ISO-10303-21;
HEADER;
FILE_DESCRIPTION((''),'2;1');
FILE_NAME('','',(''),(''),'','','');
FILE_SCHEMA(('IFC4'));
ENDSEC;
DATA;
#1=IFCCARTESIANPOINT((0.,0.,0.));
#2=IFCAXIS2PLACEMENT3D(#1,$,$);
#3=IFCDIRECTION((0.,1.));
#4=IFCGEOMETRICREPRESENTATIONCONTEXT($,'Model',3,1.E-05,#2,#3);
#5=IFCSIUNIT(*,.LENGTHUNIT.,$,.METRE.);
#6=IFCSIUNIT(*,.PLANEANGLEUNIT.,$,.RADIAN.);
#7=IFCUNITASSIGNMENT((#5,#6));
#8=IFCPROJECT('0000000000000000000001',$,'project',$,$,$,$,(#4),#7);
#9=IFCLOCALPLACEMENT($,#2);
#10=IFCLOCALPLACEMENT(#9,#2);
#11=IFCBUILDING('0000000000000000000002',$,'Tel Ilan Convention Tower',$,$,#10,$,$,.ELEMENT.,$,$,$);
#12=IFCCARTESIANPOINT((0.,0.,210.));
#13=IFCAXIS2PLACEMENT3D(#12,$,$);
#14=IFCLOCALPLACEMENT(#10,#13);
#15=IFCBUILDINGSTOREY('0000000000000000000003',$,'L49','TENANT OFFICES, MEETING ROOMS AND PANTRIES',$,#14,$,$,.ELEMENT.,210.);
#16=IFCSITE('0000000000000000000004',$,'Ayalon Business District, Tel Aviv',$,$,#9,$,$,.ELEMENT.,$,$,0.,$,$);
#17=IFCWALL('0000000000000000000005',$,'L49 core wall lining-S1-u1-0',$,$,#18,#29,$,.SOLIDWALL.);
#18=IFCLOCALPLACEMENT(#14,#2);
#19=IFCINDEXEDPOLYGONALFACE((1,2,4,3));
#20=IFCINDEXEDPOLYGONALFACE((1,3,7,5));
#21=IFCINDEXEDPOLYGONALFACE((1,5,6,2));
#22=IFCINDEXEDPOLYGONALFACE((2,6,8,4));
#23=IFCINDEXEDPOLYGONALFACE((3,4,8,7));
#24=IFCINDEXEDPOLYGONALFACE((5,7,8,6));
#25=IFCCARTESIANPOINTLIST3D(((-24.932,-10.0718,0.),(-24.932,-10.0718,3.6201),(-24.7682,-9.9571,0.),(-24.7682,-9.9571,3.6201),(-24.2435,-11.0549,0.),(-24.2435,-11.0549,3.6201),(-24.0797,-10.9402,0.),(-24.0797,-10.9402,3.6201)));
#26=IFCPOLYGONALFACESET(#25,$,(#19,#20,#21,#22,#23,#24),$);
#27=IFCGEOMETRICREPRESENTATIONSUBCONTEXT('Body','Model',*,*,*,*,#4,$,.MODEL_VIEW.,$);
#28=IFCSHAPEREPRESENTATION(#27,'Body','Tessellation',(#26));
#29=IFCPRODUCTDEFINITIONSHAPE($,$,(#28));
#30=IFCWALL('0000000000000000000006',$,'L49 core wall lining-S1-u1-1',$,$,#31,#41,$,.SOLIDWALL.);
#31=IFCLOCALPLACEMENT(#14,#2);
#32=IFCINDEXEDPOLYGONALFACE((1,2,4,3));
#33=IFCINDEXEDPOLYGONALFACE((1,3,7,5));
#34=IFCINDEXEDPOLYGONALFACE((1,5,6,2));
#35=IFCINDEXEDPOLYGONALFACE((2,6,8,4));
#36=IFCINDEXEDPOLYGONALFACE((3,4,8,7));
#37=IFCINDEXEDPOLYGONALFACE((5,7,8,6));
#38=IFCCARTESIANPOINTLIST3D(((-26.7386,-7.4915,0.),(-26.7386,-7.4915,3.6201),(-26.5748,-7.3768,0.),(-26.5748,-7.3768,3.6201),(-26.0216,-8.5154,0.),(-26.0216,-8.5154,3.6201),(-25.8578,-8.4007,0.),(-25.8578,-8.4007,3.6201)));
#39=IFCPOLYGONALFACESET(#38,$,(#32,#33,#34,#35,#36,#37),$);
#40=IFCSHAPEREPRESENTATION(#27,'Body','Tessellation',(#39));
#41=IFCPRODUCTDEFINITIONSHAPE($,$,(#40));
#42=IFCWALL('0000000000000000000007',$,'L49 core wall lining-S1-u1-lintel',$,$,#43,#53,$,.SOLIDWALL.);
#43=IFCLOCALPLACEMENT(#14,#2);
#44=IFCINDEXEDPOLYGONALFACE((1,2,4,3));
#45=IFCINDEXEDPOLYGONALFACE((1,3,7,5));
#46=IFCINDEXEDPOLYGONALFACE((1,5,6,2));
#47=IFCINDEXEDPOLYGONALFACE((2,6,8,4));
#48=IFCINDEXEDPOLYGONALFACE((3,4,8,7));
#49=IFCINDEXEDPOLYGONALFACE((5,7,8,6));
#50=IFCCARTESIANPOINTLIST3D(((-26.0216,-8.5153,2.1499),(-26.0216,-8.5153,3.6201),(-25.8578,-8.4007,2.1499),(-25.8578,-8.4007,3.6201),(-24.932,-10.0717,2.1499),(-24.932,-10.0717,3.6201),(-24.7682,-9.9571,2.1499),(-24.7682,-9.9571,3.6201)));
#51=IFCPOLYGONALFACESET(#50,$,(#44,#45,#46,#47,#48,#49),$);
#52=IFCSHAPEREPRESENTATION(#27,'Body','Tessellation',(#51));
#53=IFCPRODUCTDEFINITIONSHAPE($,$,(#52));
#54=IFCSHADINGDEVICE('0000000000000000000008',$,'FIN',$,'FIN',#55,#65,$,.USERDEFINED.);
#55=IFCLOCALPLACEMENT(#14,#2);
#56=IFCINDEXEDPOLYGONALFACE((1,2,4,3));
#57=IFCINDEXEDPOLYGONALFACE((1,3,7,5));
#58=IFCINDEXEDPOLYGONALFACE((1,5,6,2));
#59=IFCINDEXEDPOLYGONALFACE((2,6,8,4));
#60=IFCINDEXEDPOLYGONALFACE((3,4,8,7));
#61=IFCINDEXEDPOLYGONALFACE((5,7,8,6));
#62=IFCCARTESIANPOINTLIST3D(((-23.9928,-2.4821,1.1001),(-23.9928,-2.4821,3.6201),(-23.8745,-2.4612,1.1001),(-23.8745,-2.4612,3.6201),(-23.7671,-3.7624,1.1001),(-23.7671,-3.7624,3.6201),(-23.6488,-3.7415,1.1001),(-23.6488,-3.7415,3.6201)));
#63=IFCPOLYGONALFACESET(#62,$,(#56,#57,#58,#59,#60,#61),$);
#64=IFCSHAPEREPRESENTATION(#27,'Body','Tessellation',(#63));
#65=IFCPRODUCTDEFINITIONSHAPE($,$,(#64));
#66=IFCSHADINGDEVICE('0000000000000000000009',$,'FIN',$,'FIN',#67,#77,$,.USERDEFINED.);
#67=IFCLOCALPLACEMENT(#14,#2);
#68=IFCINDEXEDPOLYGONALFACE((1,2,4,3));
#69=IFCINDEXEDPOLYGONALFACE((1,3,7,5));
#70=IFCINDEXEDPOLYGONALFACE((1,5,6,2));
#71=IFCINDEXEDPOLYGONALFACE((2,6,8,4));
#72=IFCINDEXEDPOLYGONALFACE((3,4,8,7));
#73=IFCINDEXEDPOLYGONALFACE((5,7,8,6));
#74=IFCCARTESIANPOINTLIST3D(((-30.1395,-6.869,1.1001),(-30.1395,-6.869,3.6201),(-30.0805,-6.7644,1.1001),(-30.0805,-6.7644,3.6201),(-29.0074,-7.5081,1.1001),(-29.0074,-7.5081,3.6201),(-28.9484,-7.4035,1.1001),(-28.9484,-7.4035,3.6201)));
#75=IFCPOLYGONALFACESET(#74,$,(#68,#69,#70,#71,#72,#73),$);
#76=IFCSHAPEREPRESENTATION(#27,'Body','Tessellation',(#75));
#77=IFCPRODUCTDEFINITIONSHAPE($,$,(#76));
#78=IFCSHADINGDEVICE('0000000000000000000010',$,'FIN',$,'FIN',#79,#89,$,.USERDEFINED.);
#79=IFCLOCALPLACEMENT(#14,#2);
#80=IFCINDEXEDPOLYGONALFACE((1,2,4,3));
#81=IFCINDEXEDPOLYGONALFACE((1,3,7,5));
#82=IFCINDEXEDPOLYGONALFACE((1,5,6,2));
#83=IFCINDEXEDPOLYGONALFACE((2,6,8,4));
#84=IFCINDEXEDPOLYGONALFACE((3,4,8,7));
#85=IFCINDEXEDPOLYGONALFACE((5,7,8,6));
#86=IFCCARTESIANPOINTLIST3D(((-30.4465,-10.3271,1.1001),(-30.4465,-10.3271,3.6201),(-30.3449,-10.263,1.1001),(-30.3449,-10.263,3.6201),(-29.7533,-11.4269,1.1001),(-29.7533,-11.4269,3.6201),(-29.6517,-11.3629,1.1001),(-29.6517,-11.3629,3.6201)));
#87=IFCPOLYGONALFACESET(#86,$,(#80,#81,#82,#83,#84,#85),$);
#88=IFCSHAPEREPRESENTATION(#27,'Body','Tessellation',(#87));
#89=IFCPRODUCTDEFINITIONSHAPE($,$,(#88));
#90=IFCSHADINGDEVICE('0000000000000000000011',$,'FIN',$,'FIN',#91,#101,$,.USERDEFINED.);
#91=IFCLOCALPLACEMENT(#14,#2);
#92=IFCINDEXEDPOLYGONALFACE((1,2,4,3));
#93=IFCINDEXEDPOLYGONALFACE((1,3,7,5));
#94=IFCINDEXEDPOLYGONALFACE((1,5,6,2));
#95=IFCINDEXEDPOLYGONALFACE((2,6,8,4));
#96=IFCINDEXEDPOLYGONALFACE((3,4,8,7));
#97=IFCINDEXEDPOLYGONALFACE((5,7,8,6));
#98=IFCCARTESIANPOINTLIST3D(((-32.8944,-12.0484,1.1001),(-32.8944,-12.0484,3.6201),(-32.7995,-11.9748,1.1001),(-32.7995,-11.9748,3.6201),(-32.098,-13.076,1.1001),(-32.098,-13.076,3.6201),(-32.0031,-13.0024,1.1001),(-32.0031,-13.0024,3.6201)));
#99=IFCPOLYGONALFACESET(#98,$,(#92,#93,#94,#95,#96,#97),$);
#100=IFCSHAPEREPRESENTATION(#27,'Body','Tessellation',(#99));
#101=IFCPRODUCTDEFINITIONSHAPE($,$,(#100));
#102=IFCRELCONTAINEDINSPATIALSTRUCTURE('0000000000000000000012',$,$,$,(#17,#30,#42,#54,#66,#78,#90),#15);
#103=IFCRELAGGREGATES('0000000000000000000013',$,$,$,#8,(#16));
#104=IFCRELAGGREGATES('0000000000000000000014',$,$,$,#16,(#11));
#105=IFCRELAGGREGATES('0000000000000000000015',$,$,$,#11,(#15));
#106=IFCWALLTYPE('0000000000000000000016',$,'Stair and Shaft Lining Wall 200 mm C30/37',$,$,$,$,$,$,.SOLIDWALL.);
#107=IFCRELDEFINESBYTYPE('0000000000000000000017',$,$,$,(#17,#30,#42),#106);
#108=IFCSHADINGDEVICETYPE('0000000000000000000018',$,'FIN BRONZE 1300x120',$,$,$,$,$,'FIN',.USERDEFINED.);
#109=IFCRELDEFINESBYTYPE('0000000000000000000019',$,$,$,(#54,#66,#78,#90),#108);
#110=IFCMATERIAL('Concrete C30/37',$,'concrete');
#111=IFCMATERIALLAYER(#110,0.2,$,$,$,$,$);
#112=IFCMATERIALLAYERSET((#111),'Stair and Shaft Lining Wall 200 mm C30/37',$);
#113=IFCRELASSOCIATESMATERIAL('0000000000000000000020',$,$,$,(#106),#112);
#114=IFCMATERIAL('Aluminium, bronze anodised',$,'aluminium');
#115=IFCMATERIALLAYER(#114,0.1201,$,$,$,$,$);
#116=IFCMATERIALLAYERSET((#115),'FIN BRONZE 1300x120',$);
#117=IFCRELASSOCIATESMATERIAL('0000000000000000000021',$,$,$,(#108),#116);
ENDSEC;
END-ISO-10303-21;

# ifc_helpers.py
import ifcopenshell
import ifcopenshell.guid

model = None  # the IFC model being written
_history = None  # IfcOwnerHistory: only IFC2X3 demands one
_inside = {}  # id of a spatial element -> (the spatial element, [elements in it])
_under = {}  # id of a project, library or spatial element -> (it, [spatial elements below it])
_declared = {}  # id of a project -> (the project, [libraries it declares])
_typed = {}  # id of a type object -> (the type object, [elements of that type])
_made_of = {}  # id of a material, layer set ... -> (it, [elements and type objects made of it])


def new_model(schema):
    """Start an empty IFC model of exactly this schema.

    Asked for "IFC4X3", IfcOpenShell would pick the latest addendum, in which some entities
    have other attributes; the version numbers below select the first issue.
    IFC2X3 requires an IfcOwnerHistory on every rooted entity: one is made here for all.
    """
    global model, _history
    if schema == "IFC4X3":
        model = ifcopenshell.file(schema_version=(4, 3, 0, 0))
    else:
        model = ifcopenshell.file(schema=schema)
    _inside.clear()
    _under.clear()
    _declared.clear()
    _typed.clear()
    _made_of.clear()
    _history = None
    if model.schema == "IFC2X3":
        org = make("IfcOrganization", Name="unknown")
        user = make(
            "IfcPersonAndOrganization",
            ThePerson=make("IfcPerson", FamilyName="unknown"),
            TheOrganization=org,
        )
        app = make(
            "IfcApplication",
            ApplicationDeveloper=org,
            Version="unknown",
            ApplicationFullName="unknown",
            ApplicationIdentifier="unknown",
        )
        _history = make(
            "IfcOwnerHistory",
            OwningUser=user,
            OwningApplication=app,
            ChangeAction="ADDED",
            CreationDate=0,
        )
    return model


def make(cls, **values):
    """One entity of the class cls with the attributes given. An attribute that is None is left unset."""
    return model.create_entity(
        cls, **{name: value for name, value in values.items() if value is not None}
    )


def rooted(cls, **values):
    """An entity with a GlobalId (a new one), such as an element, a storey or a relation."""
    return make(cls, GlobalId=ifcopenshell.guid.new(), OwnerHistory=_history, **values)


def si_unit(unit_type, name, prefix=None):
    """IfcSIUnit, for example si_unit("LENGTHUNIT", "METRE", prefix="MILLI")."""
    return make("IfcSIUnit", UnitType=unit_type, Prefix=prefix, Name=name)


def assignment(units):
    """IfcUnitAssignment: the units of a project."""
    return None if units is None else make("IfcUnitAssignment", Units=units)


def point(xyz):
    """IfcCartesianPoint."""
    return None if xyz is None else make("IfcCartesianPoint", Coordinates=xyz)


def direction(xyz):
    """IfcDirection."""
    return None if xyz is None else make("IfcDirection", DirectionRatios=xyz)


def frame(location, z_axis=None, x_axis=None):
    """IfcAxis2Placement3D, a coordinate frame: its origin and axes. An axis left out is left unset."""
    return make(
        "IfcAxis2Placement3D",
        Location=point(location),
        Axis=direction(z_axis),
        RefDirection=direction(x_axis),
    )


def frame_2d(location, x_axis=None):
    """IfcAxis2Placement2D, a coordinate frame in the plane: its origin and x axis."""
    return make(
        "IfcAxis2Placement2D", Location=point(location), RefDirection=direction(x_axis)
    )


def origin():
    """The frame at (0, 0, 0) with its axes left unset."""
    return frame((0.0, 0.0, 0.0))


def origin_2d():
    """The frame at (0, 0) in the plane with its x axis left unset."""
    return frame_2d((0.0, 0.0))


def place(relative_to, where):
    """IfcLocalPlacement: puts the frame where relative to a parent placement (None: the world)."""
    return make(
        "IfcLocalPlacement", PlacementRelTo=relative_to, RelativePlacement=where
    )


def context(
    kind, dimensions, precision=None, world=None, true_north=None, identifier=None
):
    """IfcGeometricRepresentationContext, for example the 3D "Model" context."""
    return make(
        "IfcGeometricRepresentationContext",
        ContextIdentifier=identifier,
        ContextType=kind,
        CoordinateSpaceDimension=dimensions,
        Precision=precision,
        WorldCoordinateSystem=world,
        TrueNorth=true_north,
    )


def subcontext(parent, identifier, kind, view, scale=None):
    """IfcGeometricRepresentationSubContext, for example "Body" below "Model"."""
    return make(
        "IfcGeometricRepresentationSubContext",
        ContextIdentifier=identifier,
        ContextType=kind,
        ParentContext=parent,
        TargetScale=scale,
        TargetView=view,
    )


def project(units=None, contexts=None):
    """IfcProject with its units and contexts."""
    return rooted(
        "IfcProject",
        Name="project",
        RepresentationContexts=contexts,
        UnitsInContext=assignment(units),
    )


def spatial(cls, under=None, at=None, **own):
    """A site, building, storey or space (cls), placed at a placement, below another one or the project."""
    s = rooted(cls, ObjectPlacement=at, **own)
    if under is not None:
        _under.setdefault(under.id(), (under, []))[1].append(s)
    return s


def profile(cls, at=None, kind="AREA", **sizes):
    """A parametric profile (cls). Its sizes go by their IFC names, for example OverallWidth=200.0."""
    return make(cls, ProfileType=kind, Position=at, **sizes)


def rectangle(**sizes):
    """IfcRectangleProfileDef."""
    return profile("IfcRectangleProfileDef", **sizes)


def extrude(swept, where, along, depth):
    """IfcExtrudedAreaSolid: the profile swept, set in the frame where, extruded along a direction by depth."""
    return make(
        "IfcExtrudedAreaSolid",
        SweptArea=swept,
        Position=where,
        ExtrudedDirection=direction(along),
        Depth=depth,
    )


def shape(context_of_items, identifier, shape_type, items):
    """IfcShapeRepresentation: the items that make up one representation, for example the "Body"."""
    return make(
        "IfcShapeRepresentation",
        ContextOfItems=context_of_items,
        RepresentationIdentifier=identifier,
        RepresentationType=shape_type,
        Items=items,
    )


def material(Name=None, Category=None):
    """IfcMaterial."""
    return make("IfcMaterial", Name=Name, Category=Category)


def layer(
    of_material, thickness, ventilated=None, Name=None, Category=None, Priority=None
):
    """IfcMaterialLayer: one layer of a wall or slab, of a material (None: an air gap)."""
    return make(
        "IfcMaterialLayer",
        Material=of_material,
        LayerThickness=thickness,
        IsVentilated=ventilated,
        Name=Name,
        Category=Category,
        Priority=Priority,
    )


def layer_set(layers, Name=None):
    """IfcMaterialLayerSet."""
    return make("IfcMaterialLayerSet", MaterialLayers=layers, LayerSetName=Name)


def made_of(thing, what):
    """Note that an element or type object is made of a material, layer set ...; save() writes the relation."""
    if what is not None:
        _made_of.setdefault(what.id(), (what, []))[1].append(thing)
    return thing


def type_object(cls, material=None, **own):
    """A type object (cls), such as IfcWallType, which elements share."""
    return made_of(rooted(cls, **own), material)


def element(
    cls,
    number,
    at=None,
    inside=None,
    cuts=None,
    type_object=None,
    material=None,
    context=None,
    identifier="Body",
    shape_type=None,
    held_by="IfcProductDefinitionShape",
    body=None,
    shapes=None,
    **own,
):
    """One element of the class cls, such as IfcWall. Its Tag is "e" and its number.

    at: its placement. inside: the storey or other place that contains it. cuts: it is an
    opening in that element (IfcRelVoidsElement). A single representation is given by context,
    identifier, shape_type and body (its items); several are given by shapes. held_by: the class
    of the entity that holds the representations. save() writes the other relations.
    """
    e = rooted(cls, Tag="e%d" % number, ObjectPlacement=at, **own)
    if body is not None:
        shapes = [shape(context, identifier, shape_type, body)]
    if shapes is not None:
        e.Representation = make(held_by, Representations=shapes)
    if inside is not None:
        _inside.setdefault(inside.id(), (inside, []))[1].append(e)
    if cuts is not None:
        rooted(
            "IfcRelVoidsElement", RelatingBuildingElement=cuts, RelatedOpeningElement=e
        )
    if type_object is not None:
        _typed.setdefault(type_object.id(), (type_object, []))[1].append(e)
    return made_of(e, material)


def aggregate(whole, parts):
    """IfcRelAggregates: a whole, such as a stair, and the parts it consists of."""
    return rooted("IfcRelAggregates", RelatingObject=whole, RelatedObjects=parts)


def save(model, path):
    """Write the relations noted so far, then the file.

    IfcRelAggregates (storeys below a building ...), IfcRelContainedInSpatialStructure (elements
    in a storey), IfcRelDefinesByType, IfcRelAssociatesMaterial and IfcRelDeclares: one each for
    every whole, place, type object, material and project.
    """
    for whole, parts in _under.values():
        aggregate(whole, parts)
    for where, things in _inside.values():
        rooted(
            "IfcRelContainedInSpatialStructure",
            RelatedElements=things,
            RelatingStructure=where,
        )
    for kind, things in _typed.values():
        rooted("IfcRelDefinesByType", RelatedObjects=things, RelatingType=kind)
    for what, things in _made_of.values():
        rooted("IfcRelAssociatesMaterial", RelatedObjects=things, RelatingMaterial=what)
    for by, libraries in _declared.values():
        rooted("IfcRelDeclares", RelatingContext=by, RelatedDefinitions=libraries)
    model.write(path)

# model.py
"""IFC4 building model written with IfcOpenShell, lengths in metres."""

from ifc_helpers import new_model, si_unit, direction, frame, frame_2d, origin, origin_2d, place, context, subcontext, project, spatial, rectangle, extrude, material, layer, layer_set, type_object, element, save


model = new_model("IFC4")

# Units and contexts
model_context = context("Model", 3, precision=1e-05, world=origin(), true_north=direction((0.0, 1.0)))
body_context = subcontext(model_context, "Body", "Model", "MODEL_VIEW")
ifc_project = project(units=[si_unit("LENGTHUNIT", "METRE"), si_unit("PLANEANGLEUNIT", "RADIAN")], contexts=[model_context])

# Site, building, storey
site_placement = place(None, origin())
site = spatial("IfcSite", under=ifc_project, at=site_placement, Name="Ayalon Business District, Tel Aviv", CompositionType="ELEMENT", RefElevation=0.0)
building_placement = place(site_placement, origin())
building = spatial("IfcBuilding", under=site, at=building_placement, Name="Tel Ilan Convention Tower", CompositionType="ELEMENT")
storey_placement = place(building_placement, frame((0.0, 0.0, 210.0)))
storey = spatial("IfcBuildingStorey", under=building, at=storey_placement, Name="L49", Description="TENANT OFFICES, MEETING ROOMS AND PANTRIES", CompositionType="ELEMENT", Elevation=210.0)

# Walls
ifc_material_1 = material(Name="Concrete C30/37", Category="concrete")
ifc_layer_1 = layer(ifc_material_1, 0.2)
ifc_layer_set_1 = layer_set([ifc_layer_1], Name="Stair and Shaft Lining Wall 200 mm C30/37")
wall_type_1 = type_object("IfcWallType", Name="Stair and Shaft Lining Wall 200 mm C30/37", PredefinedType="SOLIDWALL", material=ifc_layer_set_1)
wall_1_placement = place(storey_placement, frame((-24.1616, -10.9976, 0.0), z_axis=(0.0, 0.0, 1.0), x_axis=(-0.573613, 0.819127, 0.0)))
element("IfcWall", 1, at=wall_1_placement, inside=storey, type_object=wall_type_1, Name="L49 core wall lining-S1-u1-0", PredefinedType="SOLIDWALL", context=body_context, shape_type="SweptSolid", body=[
    extrude(rectangle(XDim=1.2002, YDim=0.2, at=frame_2d((0.6001, 0.0))), origin(), (0.0, 0.0, 1.0), 3.6201),
])
wall_2_placement = place(storey_placement, frame((-25.9397, -8.458, 0.0), z_axis=(0.0, 0.0, 1.0), x_axis=(-0.57362, 0.819122, 0.0)))
element("IfcWall", 2, at=wall_2_placement, inside=storey, type_object=wall_type_1, Name="L49 core wall lining-S1-u1-1", PredefinedType="SOLIDWALL", context=body_context, shape_type="SweptSolid", body=[
    extrude(rectangle(XDim=1.25, YDim=0.2, at=frame_2d((0.625, 0.0))), origin(), (0.0, 0.0, 1.0), 3.6201),
])
wall_3_placement = place(storey_placement, frame((-24.8501, -10.0144, 2.1499), z_axis=(0.0, 0.0, 1.0), x_axis=(-0.573505, 0.819202, 0.0)))
element("IfcWall", 3, at=wall_3_placement, inside=storey, type_object=wall_type_1, Name="L49 core wall lining-S1-u1-lintel", PredefinedType="SOLIDWALL", context=body_context, shape_type="SweptSolid", body=[
    extrude(rectangle(XDim=1.8999, YDim=0.2, at=frame_2d((0.95, 0.0))), origin(), (0.0, 0.0, 1.0), 1.4702),
])

# Shading devices
ifc_material_2 = material(Name="Aluminium, bronze anodised", Category="aluminium")
ifc_layer_2 = layer(ifc_material_2, 0.1201)
ifc_layer_set_2 = layer_set([ifc_layer_2], Name="FIN BRONZE 1300x120")
shading_device_type = type_object("IfcShadingDeviceType", Name="FIN BRONZE 1300x120", ElementType="FIN", PredefinedType="USERDEFINED", material=ifc_layer_set_2)
for number, where, z_axis, x_axis, name in (
    (4, (-23.8208, -3.1118, 1.1001), (0.0, 0.0, 1.0), (-0.173648, 0.984808, 0.0), "FIN"),
    (5, (-29.5439, -7.1362, 1.1001), (0.0, 0.0, 1.0), (-0.870833, 0.491579, 0.0), "FIN"),
    (6, (-30.0491, -10.845, 1.1001), (0.0, 0.0, 1.0), (-0.533204, 0.845986, 0.0), "FIN"),
    (7, (-32.4487, -12.5254, 1.1001), (0.0, 0.0, 1.0), (-0.612601, 0.790393, 0.0), "FIN"),
):
    element("IfcShadingDevice", number, at=place(storey_placement, frame(where, z_axis=z_axis, x_axis=x_axis)), inside=storey, type_object=shading_device_type, Name=name, ObjectType="FIN", PredefinedType="USERDEFINED", context=body_context, shape_type="SweptSolid", body=[
        extrude(rectangle(XDim=1.3, YDim=0.1201, at=origin_2d()), origin(), (0.0, 0.0, 1.0), 2.52),
    ])

save(model, "model.ifc")
